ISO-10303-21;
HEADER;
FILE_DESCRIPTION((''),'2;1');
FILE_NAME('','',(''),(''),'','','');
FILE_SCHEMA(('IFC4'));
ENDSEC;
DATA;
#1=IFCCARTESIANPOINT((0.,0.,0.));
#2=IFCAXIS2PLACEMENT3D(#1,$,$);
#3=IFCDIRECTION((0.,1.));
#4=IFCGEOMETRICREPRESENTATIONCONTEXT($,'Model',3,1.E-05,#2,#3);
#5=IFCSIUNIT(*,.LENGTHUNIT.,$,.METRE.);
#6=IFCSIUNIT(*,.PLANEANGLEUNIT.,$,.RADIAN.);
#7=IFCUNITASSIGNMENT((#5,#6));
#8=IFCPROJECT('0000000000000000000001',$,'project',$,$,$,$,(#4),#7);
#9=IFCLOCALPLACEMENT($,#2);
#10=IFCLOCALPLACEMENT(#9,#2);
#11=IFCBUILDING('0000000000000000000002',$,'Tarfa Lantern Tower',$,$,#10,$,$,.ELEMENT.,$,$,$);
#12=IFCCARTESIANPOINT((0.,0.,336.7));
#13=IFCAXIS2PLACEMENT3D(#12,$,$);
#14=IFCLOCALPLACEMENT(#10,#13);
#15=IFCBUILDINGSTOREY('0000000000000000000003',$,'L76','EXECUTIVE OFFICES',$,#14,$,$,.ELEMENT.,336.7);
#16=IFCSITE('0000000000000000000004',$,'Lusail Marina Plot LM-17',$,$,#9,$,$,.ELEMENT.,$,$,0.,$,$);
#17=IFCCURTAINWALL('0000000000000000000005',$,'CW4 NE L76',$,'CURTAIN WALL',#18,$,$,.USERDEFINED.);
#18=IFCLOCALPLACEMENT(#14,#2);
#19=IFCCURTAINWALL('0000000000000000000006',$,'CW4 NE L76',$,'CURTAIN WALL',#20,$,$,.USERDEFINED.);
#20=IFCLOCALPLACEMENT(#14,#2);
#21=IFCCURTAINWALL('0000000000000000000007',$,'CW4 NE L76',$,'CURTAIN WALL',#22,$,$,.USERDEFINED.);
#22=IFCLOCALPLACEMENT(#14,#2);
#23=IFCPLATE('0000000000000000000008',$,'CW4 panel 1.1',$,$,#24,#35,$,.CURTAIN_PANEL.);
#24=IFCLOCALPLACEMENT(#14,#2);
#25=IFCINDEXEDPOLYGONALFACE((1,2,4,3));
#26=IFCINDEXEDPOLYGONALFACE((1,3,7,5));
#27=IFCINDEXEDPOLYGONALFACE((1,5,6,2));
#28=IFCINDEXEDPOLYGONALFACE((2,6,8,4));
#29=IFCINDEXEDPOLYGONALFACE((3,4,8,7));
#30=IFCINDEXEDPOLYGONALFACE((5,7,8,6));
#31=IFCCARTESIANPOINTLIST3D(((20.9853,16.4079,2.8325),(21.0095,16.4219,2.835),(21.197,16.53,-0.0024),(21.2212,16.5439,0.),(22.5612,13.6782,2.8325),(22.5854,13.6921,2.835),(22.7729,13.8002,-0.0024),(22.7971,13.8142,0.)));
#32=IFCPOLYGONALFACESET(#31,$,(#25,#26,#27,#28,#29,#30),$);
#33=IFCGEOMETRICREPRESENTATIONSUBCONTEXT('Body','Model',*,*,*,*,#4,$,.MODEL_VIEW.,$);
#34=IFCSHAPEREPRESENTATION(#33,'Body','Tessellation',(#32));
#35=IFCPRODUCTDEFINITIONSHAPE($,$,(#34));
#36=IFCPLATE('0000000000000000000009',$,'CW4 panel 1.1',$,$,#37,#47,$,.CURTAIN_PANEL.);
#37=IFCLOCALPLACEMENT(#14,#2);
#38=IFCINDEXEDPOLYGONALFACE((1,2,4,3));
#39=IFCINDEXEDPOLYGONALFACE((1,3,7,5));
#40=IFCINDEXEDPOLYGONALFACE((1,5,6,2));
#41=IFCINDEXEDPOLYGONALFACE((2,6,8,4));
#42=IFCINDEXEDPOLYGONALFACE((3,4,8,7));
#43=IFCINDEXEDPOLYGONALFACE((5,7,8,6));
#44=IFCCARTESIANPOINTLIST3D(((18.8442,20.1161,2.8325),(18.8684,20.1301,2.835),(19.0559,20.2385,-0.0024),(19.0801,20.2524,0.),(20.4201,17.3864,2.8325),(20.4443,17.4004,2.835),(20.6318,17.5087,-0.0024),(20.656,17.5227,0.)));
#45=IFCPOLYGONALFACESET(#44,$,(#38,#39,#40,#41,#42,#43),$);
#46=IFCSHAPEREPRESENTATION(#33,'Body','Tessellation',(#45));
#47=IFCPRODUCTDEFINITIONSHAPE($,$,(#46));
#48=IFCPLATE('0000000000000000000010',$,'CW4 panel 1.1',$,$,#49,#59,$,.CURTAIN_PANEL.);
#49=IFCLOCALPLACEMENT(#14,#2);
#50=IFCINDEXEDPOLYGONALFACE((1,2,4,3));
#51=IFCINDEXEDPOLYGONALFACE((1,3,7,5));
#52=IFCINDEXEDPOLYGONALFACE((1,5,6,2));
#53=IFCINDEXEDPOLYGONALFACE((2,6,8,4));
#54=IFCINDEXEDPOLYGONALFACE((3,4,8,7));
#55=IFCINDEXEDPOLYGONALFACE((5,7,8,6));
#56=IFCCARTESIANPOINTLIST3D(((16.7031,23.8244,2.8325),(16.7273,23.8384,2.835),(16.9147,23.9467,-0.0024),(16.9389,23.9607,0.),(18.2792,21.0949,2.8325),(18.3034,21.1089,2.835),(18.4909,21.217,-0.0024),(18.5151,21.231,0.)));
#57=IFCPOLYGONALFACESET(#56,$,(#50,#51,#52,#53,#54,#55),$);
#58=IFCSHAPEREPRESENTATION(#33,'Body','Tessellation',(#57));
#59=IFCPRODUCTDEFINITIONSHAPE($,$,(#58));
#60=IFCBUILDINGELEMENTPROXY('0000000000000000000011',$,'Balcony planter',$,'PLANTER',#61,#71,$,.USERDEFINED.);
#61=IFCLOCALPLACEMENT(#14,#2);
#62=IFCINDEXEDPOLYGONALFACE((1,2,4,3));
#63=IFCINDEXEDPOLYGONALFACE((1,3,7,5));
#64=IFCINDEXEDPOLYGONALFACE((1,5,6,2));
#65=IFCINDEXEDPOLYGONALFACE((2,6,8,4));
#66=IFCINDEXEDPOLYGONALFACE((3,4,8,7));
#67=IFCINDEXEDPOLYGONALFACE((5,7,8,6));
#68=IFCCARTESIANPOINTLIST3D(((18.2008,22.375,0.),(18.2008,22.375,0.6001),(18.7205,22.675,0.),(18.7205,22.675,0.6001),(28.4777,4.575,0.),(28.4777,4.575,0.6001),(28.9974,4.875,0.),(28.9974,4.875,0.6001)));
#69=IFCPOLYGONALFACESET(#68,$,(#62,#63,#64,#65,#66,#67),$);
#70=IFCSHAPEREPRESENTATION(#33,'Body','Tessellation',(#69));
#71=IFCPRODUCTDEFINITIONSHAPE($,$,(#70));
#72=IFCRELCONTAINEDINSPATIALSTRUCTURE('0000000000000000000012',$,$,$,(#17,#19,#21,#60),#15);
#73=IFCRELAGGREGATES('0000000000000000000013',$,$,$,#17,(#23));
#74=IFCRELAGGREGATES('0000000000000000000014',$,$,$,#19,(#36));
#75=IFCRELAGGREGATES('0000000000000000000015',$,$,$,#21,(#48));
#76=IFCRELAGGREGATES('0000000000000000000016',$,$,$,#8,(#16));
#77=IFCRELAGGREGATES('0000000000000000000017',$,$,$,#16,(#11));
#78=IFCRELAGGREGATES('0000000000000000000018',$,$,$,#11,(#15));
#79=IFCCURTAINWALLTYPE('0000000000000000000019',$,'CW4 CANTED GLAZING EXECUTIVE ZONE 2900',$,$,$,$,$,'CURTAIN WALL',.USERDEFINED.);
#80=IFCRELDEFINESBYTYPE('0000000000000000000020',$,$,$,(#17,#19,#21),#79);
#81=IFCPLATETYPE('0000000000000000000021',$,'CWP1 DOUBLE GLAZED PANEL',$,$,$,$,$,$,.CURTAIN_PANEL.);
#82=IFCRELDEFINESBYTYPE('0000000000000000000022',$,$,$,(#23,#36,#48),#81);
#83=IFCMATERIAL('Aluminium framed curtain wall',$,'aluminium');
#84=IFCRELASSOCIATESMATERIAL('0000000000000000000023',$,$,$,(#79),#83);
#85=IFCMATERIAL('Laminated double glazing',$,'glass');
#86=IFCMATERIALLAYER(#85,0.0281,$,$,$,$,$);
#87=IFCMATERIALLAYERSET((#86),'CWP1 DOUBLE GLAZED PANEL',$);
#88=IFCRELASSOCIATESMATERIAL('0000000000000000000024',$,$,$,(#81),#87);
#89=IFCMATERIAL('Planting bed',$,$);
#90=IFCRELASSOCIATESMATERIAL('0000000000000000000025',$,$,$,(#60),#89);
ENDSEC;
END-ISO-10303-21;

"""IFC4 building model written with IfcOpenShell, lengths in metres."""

from ifc_helpers import new_model, si_unit, direction, frame, origin, origin_2d, place, context, subcontext, project, spatial, polyline, rectangle, outline, extrude, material, layer, layer_set, type_object, element, aggregate, save


model = new_model("IFC4")

# Units and contexts
model_context = context("Model", 3, precision=1e-05, world=origin(), true_north=direction((0.0, 1.0)))
body_context = subcontext(model_context, "Body", "Model", "MODEL_VIEW")
ifc_project = project(units=[si_unit("LENGTHUNIT", "METRE"), si_unit("PLANEANGLEUNIT", "RADIAN")], contexts=[model_context])

# Site, building, storey
site_placement = place(None, origin())
site = spatial("IfcSite", under=ifc_project, at=site_placement, Name="Lusail Marina Plot LM-17", CompositionType="ELEMENT", RefElevation=0.0)
building_placement = place(site_placement, origin())
building = spatial("IfcBuilding", under=site, at=building_placement, Name="Tarfa Lantern Tower", CompositionType="ELEMENT")
storey_placement = place(building_placement, frame((0.0, 0.0, 336.7)))
storey = spatial("IfcBuildingStorey", under=building, at=storey_placement, Name="L76", Description="EXECUTIVE OFFICES", CompositionType="ELEMENT", Elevation=336.7)

# Shared definitions
ifc_material_1 = material(Name="Aluminium framed curtain wall", Category="aluminium")
curtain_wall_type = type_object("IfcCurtainWallType", Name="CW4 CANTED GLAZING EXECUTIVE ZONE 2900", ElementType="CURTAIN WALL", PredefinedType="USERDEFINED", material=ifc_material_1)

# Curtain walls
curtain_wall_1_placement = place(storey_placement, origin())
curtain_wall_1 = element("IfcCurtainWall", 1, at=curtain_wall_1_placement, inside=storey, type_object=curtain_wall_type, Name="CW4 NE L76", ObjectType="CURTAIN WALL", PredefinedType="USERDEFINED")
curtain_wall_2_placement = place(storey_placement, origin())
curtain_wall_2 = element("IfcCurtainWall", 2, at=curtain_wall_2_placement, inside=storey, type_object=curtain_wall_type, Name="CW4 NE L76", ObjectType="CURTAIN WALL", PredefinedType="USERDEFINED")

# Curtain wall
curtain_wall_3_placement = place(storey_placement, origin())
curtain_wall_3 = element("IfcCurtainWall", 3, at=curtain_wall_3_placement, inside=storey, type_object=curtain_wall_type, Name="CW4 NE L76", ObjectType="CURTAIN WALL", PredefinedType="USERDEFINED")

# Plates
ifc_material_2 = material(Name="Laminated double glazing", Category="glass")
ifc_layer = layer(ifc_material_2, 0.0281)
ifc_layer_set = layer_set([ifc_layer], Name="CWP1 DOUBLE GLAZED PANEL")
plate_type = type_object("IfcPlateType", Name="CWP1 DOUBLE GLAZED PANEL", PredefinedType="CURTAIN_PANEL", material=ifc_layer_set)
plate_1_placement = place(storey_placement, frame((22.7971, 13.8142, 0.0), z_axis=(0.862838, 0.498133, 0.085872), x_axis=(-0.499979, 0.866037, 0.0)))
plate_1 = element("IfcPlate", 4, at=plate_1_placement, type_object=plate_type, Name="CW4 panel 1.1", PredefinedType="CURTAIN_PANEL", context=body_context, shape_type="SweptSolid", body=[
    extrude(outline(polyline([(0.0, 0.0), (3.152, 0.0), (3.1521, 2.8455), (0.0001, 2.8455), (0.0, 0.0)])), origin(), (0.0, 0.0, -1.0), 0.0281),
])
aggregate(curtain_wall_1, [plate_1])
plate_2_placement = place(storey_placement, frame((20.656, 17.5227, 0.0), z_axis=(0.862835, 0.498131, 0.085915), x_axis=(-0.499979, 0.866037, 0.0)))
plate_2 = element("IfcPlate", 5, at=plate_2_placement, type_object=plate_type, Name="CW4 panel 1.1", PredefinedType="CURTAIN_PANEL", context=body_context, shape_type="SweptSolid", body=[
    extrude(outline(polyline([(0.0, 0.0), (3.152, 0.0), (3.1519, 2.8455), (-0.0001, 2.8455), (0.0, 0.0)])), origin(), (0.0, 0.0, -1.0), 0.0281),
])
aggregate(curtain_wall_2, [plate_2])
plate_3_placement = place(storey_placement, frame((18.5151, 21.231, 0.0), z_axis=(0.862794, 0.498206, 0.085893), x_axis=(-0.500054, 0.865994, -0.000002)))
plate_3 = element("IfcPlate", 6, at=plate_3_placement, type_object=plate_type, Name="CW4 panel 1.1", PredefinedType="CURTAIN_PANEL", context=body_context, shape_type="SweptSolid", body=[
    extrude(outline(polyline([(0.0, 0.0), (3.1521, 0.0), (3.152, 2.8455), (0.0001, 2.8455), (0.0, 0.0)])), origin(), (0.0, 0.0, -1.0), 0.0281),
])
aggregate(curtain_wall_3, [plate_3])

# Building element proxy
ifc_material_3 = material(Name="Planting bed")
proxy_placement = place(storey_placement, frame((23.5991, 13.625, 0.0), z_axis=(0.0, 0.0, 1.0), x_axis=(-0.5, 0.866025, 0.0)))
element("IfcBuildingElementProxy", 7, at=proxy_placement, inside=storey, material=ifc_material_3, Name="Balcony planter", ObjectType="PLANTER", PredefinedType="USERDEFINED", context=body_context, shape_type="SweptSolid", body=[
    extrude(rectangle(XDim=20.5537, YDim=0.6001, at=origin_2d()), origin(), (0.0, 0.0, 1.0), 0.6001),
])

save(model, "model.ifc")
